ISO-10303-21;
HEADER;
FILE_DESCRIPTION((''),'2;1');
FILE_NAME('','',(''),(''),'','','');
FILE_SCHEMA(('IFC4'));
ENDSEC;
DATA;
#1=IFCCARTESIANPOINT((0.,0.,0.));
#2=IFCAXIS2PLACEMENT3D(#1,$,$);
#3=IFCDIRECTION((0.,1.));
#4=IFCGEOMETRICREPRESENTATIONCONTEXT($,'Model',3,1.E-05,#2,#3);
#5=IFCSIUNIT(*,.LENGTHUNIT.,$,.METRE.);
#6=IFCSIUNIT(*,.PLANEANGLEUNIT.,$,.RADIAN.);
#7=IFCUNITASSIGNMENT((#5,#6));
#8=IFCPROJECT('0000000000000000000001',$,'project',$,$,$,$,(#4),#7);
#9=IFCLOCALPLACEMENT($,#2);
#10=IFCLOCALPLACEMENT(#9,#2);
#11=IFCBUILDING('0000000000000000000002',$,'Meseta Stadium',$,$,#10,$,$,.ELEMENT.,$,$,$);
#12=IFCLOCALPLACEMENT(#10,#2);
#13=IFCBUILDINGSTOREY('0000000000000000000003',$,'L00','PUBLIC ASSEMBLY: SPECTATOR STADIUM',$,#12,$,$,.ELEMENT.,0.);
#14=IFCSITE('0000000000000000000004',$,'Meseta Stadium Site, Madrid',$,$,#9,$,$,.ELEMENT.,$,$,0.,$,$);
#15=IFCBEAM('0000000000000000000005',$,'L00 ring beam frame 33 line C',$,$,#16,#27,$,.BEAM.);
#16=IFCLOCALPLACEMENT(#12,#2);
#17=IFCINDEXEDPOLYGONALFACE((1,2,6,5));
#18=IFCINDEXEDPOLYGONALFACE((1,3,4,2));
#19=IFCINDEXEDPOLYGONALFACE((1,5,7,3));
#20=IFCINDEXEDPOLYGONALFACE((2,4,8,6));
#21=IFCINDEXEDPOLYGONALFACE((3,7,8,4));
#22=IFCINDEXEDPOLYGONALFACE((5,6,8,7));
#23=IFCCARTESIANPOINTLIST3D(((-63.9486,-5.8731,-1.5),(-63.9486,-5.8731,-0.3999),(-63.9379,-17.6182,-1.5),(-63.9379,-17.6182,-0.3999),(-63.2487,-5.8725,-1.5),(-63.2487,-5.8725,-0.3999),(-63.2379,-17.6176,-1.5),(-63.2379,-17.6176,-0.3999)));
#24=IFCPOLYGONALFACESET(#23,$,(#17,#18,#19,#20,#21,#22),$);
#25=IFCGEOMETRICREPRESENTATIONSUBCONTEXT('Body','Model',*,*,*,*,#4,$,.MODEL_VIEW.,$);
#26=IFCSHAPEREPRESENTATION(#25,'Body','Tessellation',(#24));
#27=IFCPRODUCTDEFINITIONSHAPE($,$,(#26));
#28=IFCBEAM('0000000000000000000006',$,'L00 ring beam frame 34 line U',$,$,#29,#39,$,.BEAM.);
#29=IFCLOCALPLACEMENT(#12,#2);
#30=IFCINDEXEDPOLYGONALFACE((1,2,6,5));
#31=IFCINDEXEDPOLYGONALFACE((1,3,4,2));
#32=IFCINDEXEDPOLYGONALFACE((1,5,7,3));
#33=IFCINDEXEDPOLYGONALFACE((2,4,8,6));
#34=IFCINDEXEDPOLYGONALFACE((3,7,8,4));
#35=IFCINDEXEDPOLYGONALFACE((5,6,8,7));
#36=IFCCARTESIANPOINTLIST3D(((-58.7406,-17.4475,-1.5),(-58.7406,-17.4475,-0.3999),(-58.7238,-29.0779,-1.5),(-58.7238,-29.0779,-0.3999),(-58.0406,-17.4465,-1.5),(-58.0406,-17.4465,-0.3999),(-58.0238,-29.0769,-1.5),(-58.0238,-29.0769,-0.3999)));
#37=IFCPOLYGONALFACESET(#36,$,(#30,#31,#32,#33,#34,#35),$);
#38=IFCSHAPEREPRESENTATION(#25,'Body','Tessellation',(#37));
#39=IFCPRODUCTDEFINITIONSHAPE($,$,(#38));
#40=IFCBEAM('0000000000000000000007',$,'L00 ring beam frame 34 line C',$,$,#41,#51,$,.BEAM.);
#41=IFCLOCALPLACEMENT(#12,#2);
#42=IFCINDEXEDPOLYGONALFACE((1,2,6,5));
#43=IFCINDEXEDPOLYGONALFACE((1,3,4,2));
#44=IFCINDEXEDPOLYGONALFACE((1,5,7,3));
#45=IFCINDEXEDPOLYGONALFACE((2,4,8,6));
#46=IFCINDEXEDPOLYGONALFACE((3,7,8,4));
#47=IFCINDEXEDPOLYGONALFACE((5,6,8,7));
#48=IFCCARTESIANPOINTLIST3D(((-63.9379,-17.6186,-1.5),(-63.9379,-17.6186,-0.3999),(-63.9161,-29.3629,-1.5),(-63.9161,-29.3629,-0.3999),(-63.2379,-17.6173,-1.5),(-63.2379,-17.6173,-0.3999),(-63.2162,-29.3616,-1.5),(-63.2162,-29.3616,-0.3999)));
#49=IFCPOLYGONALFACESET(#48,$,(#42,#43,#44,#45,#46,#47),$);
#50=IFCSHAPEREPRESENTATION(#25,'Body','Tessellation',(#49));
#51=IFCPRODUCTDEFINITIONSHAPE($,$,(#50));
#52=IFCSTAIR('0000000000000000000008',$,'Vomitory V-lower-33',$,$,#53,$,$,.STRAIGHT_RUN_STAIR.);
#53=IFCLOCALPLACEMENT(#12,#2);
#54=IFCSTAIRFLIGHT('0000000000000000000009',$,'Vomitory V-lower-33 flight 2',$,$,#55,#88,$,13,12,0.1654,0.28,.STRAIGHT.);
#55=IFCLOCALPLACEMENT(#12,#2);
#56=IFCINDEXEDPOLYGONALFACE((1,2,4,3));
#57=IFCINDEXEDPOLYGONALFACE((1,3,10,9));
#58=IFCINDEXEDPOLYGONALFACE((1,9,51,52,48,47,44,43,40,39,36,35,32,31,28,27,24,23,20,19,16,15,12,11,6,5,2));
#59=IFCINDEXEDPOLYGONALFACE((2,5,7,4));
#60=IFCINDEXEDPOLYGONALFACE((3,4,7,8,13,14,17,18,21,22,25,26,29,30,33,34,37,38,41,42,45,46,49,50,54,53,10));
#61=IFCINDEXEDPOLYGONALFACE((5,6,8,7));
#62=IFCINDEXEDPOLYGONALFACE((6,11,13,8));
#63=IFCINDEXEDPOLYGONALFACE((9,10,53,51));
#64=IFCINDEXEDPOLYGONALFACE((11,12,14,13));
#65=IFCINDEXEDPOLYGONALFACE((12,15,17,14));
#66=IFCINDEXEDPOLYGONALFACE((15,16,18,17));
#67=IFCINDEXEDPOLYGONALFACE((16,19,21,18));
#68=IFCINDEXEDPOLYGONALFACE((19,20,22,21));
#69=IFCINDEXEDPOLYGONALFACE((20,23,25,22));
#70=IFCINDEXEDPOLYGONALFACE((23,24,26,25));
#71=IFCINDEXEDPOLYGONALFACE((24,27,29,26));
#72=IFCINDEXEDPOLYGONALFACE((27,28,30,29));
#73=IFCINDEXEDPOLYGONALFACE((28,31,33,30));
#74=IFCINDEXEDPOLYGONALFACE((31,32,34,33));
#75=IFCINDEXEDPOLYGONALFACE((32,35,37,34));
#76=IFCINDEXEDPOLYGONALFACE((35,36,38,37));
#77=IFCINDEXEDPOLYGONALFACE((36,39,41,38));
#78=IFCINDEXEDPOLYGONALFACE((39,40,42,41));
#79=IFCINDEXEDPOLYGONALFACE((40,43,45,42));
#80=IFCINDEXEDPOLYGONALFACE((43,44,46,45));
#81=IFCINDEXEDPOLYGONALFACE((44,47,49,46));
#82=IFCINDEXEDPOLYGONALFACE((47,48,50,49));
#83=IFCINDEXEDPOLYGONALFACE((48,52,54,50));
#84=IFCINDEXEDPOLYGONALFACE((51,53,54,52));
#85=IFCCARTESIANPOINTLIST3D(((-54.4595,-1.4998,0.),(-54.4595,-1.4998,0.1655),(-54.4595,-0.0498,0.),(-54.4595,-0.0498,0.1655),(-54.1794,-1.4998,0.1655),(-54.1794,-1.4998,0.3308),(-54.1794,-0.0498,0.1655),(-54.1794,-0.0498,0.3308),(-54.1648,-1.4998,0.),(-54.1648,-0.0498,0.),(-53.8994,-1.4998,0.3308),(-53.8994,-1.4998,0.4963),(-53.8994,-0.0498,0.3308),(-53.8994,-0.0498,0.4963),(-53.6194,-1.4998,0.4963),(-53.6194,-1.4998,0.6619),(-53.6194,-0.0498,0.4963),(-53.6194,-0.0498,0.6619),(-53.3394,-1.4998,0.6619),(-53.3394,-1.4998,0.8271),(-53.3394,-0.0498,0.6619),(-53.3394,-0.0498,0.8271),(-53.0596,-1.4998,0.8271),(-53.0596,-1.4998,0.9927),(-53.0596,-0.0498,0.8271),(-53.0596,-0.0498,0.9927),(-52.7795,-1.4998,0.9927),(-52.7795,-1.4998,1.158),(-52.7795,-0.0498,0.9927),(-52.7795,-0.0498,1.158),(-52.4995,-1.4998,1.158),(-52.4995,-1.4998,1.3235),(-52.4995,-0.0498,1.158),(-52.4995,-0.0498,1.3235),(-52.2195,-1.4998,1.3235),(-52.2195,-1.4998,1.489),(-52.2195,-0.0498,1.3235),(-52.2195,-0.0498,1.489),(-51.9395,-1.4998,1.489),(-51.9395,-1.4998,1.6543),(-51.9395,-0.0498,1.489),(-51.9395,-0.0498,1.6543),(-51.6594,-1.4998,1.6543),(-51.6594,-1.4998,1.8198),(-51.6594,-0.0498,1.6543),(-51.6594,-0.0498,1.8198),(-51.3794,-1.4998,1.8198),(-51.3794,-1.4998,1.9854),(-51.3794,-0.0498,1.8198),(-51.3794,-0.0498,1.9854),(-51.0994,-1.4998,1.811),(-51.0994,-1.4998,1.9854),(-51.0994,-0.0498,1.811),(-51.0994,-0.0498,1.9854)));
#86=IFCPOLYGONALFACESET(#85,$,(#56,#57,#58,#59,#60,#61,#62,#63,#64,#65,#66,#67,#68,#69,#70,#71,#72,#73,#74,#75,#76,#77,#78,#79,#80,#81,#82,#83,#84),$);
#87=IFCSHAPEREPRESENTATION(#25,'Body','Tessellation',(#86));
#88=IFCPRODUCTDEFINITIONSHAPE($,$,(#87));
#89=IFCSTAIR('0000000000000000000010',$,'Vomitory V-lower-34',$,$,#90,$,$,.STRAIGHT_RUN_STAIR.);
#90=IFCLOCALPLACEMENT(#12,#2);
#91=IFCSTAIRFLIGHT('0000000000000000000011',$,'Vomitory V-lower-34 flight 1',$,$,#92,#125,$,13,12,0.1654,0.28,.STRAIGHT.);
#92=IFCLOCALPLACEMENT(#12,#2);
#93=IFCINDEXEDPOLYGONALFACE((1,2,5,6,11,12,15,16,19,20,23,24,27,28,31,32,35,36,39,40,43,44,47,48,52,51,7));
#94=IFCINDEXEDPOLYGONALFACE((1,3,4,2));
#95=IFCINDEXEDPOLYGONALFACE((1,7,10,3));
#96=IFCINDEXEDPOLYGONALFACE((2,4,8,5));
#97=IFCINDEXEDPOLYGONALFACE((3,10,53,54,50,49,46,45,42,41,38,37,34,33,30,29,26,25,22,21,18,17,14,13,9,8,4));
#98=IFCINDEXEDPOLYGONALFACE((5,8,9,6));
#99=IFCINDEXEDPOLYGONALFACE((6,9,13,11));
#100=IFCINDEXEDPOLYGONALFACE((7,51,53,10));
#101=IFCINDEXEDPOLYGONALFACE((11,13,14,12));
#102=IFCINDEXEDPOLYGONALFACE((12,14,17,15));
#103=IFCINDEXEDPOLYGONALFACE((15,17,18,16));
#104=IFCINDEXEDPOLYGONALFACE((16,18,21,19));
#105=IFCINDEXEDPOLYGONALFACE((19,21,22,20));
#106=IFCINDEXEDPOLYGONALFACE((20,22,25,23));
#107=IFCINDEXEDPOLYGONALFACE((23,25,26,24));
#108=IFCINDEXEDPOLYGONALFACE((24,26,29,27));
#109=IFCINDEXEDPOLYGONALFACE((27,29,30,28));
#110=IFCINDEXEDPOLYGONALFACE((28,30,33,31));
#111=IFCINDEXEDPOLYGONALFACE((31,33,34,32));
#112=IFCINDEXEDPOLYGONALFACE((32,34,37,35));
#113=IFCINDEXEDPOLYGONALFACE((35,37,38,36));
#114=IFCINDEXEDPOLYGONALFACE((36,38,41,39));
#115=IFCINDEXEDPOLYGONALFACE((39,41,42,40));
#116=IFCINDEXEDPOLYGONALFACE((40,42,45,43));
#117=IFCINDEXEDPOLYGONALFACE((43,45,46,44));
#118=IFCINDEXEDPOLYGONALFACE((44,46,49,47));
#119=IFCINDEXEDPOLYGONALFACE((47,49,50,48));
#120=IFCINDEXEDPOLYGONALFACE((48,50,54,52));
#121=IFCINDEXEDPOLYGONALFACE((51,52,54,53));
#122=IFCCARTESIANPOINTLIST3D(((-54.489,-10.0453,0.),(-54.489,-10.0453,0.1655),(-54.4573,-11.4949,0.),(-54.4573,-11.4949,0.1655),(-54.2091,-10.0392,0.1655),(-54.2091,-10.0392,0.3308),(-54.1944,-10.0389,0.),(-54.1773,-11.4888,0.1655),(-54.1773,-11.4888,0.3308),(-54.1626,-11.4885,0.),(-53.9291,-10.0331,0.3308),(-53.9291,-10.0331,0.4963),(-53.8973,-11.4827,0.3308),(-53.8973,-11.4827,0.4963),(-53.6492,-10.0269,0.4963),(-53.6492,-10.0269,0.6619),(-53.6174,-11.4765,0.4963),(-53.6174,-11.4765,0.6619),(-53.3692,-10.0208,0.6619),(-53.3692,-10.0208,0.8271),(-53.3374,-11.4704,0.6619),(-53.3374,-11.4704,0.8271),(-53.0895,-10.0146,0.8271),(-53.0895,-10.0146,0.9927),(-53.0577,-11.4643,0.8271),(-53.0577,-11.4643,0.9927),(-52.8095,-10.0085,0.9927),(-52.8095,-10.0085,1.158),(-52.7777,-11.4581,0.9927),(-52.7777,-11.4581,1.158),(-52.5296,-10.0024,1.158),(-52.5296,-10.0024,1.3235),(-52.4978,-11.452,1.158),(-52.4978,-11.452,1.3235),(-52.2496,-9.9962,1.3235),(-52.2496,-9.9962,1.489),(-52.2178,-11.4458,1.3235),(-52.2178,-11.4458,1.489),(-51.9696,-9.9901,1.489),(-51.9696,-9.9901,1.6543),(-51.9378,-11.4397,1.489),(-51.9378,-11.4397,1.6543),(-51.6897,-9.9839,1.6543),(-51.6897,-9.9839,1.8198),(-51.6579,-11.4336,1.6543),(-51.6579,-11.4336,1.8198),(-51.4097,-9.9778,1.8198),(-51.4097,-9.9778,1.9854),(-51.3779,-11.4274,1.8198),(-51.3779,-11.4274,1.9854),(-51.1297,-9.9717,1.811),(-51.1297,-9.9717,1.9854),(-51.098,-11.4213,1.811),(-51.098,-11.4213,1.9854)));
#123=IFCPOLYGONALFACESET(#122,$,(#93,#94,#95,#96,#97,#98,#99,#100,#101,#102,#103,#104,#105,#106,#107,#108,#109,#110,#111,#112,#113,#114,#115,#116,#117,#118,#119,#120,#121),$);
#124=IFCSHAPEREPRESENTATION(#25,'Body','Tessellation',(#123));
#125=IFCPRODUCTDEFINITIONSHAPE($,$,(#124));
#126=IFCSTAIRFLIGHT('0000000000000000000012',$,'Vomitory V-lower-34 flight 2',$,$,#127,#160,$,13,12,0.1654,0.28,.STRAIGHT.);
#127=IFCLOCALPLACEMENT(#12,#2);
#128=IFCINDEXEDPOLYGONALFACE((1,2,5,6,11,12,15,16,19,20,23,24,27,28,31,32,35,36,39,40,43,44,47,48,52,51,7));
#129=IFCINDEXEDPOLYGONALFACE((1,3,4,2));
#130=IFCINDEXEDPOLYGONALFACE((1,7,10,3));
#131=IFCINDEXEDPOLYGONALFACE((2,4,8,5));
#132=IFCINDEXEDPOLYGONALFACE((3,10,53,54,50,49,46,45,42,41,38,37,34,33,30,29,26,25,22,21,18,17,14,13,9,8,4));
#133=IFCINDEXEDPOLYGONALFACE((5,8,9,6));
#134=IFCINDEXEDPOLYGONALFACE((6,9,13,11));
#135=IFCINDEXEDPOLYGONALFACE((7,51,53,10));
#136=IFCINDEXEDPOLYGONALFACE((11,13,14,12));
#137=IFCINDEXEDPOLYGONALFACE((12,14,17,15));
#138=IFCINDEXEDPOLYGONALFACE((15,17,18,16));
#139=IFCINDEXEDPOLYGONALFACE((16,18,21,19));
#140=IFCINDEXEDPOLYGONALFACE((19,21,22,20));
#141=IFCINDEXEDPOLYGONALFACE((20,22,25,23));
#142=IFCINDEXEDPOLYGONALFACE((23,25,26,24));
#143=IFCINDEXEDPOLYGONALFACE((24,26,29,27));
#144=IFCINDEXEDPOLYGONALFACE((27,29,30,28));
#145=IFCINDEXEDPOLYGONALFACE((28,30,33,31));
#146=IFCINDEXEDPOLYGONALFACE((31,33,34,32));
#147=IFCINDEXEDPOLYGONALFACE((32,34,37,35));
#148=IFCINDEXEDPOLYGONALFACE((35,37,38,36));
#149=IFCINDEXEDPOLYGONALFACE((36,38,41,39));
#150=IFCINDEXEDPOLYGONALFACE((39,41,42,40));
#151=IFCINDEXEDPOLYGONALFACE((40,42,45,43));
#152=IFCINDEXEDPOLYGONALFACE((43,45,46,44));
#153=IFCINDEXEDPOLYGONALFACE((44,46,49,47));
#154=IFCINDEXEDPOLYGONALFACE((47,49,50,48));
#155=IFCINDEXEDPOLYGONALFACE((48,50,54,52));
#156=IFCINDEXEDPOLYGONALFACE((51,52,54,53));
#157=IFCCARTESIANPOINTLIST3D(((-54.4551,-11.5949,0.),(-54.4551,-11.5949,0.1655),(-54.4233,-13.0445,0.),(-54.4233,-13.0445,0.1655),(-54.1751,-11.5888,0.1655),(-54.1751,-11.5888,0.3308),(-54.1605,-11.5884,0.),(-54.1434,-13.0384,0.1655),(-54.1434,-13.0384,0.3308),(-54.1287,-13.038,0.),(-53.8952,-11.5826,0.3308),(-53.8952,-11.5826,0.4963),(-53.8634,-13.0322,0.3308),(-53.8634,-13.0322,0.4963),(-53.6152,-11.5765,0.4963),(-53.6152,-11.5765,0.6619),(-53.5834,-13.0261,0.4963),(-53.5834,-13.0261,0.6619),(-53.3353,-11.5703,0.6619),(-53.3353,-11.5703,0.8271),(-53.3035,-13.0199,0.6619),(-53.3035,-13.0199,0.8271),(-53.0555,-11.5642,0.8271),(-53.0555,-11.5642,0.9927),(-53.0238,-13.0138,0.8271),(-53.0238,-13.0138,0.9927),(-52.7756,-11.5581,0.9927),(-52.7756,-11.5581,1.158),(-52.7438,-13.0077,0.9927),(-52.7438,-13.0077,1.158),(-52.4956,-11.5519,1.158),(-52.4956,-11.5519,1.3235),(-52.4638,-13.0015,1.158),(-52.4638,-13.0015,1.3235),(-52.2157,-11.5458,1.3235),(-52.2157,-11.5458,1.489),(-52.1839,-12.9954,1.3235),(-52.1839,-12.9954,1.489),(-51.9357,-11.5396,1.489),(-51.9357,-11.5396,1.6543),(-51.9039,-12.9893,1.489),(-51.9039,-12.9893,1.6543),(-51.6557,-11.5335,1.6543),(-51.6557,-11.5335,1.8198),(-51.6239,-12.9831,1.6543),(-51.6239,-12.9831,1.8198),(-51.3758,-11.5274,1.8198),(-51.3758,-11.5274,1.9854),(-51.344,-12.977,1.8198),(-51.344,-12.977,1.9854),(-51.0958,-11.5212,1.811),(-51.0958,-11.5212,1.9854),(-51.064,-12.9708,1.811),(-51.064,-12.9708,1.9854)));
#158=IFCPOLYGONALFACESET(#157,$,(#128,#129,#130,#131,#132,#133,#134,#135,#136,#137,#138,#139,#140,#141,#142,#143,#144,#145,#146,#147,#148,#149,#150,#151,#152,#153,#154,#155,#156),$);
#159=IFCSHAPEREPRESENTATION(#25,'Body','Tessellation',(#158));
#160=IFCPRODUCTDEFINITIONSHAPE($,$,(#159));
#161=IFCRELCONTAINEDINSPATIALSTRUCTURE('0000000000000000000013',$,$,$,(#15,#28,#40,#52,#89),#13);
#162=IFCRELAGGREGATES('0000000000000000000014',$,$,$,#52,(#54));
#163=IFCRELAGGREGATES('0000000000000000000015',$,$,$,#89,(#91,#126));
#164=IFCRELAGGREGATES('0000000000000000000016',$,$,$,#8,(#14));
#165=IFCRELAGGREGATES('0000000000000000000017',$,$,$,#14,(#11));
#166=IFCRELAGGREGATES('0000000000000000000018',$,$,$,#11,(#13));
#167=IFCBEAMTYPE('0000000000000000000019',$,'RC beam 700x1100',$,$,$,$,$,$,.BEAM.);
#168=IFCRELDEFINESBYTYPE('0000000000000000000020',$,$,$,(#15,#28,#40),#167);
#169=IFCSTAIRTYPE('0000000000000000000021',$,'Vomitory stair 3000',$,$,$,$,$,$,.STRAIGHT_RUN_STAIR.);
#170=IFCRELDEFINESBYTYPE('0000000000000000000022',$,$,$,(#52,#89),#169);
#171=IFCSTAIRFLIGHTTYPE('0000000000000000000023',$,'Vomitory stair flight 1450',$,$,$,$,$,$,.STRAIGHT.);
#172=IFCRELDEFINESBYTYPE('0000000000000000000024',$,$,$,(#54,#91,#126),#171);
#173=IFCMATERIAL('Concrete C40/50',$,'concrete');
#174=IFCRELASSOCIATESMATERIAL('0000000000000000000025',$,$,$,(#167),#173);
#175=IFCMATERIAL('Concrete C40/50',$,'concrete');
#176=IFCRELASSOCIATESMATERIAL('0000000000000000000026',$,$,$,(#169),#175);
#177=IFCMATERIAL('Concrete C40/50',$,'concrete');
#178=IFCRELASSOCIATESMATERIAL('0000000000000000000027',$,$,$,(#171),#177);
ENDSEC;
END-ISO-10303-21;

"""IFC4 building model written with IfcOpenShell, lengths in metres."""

from ifc_helpers import new_model, si_unit, direction, frame, origin, origin_2d, place, context, subcontext, project, spatial, polyline, rectangle, outline, extrude, material, material_profile, profile_set, type_object, element, aggregate, save


model = new_model("IFC4")

# Units and contexts
model_context = context("Model", 3, precision=1e-05, world=origin(), true_north=direction((0.0, 1.0)))
body_context = subcontext(model_context, "Body", "Model", "MODEL_VIEW")
ifc_project = project(units=[si_unit("LENGTHUNIT", "METRE"), si_unit("PLANEANGLEUNIT", "RADIAN")], contexts=[model_context])

# Site, building, storey
site_placement = place(None, origin())
site = spatial("IfcSite", under=ifc_project, at=site_placement, Name="Meseta Stadium Site, Madrid", CompositionType="ELEMENT", RefElevation=0.0)
building_placement = place(site_placement, origin())
building = spatial("IfcBuilding", under=site, at=building_placement, Name="Meseta Stadium", CompositionType="ELEMENT")
storey_placement = place(building_placement, origin())
storey = spatial("IfcBuildingStorey", under=building, at=storey_placement, Name="L00", Description="PUBLIC ASSEMBLY: SPECTATOR STADIUM", CompositionType="ELEMENT", Elevation=0.0)

# Beams
ifc_material_1 = material(Name="Concrete C40/50", Category="concrete")
ifc_material_profile_1 = material_profile(ifc_material_1, rectangle(XDim=0.7, YDim=1.1001, at=origin_2d()), Name="RC 700x1100")
ifc_profile_set_1 = profile_set([ifc_material_profile_1], Name="Concrete C40/50")
beam_type_1 = type_object("IfcBeamType", Name="RC beam 700x1100", PredefinedType="BEAM", material=ifc_profile_set_1)
beam_1_placement = place(storey_placement, frame((-63.5986, -5.8728, -0.95), z_axis=(0.000915, -1.0, 0.0), x_axis=(1.0, 0.000915, 0.0)))
element("IfcBeam", 1, at=beam_1_placement, inside=storey, type_object=beam_type_1, Name="L00 ring beam frame 33 line C", PredefinedType="BEAM", context=body_context, shape_type="SweptSolid", body=[
    extrude(rectangle(XDim=0.7, YDim=1.1001, at=origin_2d()), origin(), (0.0, 0.0, 1.0), 11.7451),
])
beam_2_placement = place(storey_placement, frame((-58.3906, -17.447, -0.95), z_axis=(0.001448, -0.999999, 0.0), x_axis=(0.999999, 0.001448, 0.0)))
element("IfcBeam", 2, at=beam_2_placement, inside=storey, type_object=beam_type_1, Name="L00 ring beam frame 34 line U", PredefinedType="BEAM", context=body_context, shape_type="SweptSolid", body=[
    extrude(rectangle(XDim=0.7, YDim=1.1001, at=origin_2d()), origin(), (0.0, 0.0, 1.0), 11.6304),
])
beam_3_placement = place(storey_placement, frame((-63.5879, -17.6179, -0.95), z_axis=(0.00185, -0.999998, 0.0), x_axis=(0.999998, 0.00185, 0.0)))
element("IfcBeam", 3, at=beam_3_placement, inside=storey, type_object=beam_type_1, Name="L00 ring beam frame 34 line C", PredefinedType="BEAM", context=body_context, shape_type="SweptSolid", body=[
    extrude(rectangle(XDim=0.7, YDim=1.1001, at=origin_2d()), origin(), (0.0, 0.0, 1.0), 11.7444),
])

# Stair, stair flight
ifc_material_2 = material(Name="Concrete C40/50", Category="concrete")
stair_type = type_object("IfcStairType", Name="Vomitory stair 3000", PredefinedType="STRAIGHT_RUN_STAIR", material=ifc_material_2)
stair_1_placement = place(storey_placement, origin())
stair_1 = element("IfcStair", 4, at=stair_1_placement, inside=storey, type_object=stair_type, Name="Vomitory V-lower-33", PredefinedType="STRAIGHT_RUN_STAIR")
ifc_material_3 = material(Name="Concrete C40/50", Category="concrete")
stair_flight_type = type_object("IfcStairFlightType", Name="Vomitory stair flight 1450", PredefinedType="STRAIGHT", material=ifc_material_3)
stair_flight_1_placement = place(storey_placement, frame((-54.4595, -0.7749, 0.0), z_axis=(0.0, 0.0, 1.0), x_axis=(1.0, 0.0, 0.0)))
stair_flight_1 = element("IfcStairFlight", 5, at=stair_flight_1_placement, type_object=stair_flight_type, Name="Vomitory V-lower-33 flight 2", NumberOfRisers=13, NumberOfTreads=12, PredefinedType="STRAIGHT", RiserHeight=0.1654, TreadLength=0.28, context=body_context, shape_type="SweptSolid", body=[
    extrude(outline(polyline([(0.0, 0.0), (0.0, 0.1655), (0.28, 0.1655), (0.28, 0.3308), (0.5601, 0.3308), (0.5601, 0.4963), (0.8401, 0.4963), (0.8401, 0.6619), (1.1201, 0.6619), (1.1201, 0.8271), (1.3999, 0.8271), (1.3999, 0.9927), (1.6799, 0.9927), (1.6799, 1.158), (1.96, 1.158), (1.96, 1.3235), (2.24, 1.3235), (2.24, 1.489), (2.52, 1.489), (2.52, 1.6543), (2.8, 1.6543), (2.8, 1.8198), (3.0801, 1.8198), (3.0801, 1.9854), (3.3601, 1.9854), (3.3601, 1.811), (0.2947, 0.0), (0.0, 0.0)])), frame((0.0, 0.7251, 0.0), z_axis=(0.0, -1.0, 0.0), x_axis=(1.0, 0.0, 0.0)), (0.0, 0.0, 1.0), 1.45),
])
aggregate(stair_1, [stair_flight_1])

# Stair, stair flights
stair_2_placement = place(storey_placement, origin())
stair_2 = element("IfcStair", 6, at=stair_2_placement, inside=storey, type_object=stair_type, Name="Vomitory V-lower-34", PredefinedType="STRAIGHT_RUN_STAIR")
stair_flight_2_placement = place(storey_placement, frame((-54.4731, -10.7703, 0.0), z_axis=(0.0, 0.0, 1.0), x_axis=(0.99976, 0.021925, 0.0)))
stair_flight_2 = element("IfcStairFlight", 7, at=stair_flight_2_placement, type_object=stair_flight_type, Name="Vomitory V-lower-34 flight 1", NumberOfRisers=13, NumberOfTreads=12, PredefinedType="STRAIGHT", RiserHeight=0.1654, TreadLength=0.28, context=body_context, shape_type="SweptSolid", body=[
    extrude(outline(polyline([(0.0, 0.0), (0.0, 0.1655), (0.28, 0.1655), (0.28, 0.3308), (0.5601, 0.3308), (0.5601, 0.4963), (0.8401, 0.4963), (0.8401, 0.6619), (1.1201, 0.6619), (1.1201, 0.8271), (1.3999, 0.8271), (1.3999, 0.9927), (1.6799, 0.9927), (1.6799, 1.158), (1.96, 1.158), (1.96, 1.3235), (2.24, 1.3235), (2.24, 1.489), (2.52, 1.489), (2.52, 1.6543), (2.8, 1.6543), (2.8, 1.8198), (3.0801, 1.8198), (3.0801, 1.9854), (3.3601, 1.9854), (3.3601, 1.811), (0.2947, 0.0), (0.0, 0.0)])), frame((0.0, 0.7251, 0.0), z_axis=(0.0, -1.0, 0.0), x_axis=(1.0, 0.0, 0.0)), (0.0, 0.0, 1.0), 1.45),
])
stair_flight_3_placement = place(storey_placement, frame((-54.4392, -12.3198, 0.0), z_axis=(0.0, 0.0, 1.0), x_axis=(0.99976, 0.021925, 0.0)))
stair_flight_3 = element("IfcStairFlight", 8, at=stair_flight_3_placement, type_object=stair_flight_type, Name="Vomitory V-lower-34 flight 2", NumberOfRisers=13, NumberOfTreads=12, PredefinedType="STRAIGHT", RiserHeight=0.1654, TreadLength=0.28, context=body_context, shape_type="SweptSolid", body=[
    extrude(outline(polyline([(0.0, 0.0), (0.0, 0.1655), (0.28, 0.1655), (0.28, 0.3308), (0.5601, 0.3308), (0.5601, 0.4963), (0.8401, 0.4963), (0.8401, 0.6619), (1.1201, 0.6619), (1.1201, 0.8271), (1.3999, 0.8271), (1.3999, 0.9927), (1.6799, 0.9927), (1.6799, 1.158), (1.96, 1.158), (1.96, 1.3235), (2.24, 1.3235), (2.24, 1.489), (2.52, 1.489), (2.52, 1.6543), (2.8, 1.6543), (2.8, 1.8198), (3.0801, 1.8198), (3.0801, 1.9854), (3.3601, 1.9854), (3.3601, 1.811), (0.2947, 0.0), (0.0, 0.0)])), frame((0.0, 0.7251, 0.0), z_axis=(0.0, -1.0, 0.0), x_axis=(1.0, 0.0, 0.0)), (0.0, 0.0, 1.0), 1.45),
])
aggregate(stair_2, [stair_flight_2, stair_flight_3])

save(model, "model.ifc")
